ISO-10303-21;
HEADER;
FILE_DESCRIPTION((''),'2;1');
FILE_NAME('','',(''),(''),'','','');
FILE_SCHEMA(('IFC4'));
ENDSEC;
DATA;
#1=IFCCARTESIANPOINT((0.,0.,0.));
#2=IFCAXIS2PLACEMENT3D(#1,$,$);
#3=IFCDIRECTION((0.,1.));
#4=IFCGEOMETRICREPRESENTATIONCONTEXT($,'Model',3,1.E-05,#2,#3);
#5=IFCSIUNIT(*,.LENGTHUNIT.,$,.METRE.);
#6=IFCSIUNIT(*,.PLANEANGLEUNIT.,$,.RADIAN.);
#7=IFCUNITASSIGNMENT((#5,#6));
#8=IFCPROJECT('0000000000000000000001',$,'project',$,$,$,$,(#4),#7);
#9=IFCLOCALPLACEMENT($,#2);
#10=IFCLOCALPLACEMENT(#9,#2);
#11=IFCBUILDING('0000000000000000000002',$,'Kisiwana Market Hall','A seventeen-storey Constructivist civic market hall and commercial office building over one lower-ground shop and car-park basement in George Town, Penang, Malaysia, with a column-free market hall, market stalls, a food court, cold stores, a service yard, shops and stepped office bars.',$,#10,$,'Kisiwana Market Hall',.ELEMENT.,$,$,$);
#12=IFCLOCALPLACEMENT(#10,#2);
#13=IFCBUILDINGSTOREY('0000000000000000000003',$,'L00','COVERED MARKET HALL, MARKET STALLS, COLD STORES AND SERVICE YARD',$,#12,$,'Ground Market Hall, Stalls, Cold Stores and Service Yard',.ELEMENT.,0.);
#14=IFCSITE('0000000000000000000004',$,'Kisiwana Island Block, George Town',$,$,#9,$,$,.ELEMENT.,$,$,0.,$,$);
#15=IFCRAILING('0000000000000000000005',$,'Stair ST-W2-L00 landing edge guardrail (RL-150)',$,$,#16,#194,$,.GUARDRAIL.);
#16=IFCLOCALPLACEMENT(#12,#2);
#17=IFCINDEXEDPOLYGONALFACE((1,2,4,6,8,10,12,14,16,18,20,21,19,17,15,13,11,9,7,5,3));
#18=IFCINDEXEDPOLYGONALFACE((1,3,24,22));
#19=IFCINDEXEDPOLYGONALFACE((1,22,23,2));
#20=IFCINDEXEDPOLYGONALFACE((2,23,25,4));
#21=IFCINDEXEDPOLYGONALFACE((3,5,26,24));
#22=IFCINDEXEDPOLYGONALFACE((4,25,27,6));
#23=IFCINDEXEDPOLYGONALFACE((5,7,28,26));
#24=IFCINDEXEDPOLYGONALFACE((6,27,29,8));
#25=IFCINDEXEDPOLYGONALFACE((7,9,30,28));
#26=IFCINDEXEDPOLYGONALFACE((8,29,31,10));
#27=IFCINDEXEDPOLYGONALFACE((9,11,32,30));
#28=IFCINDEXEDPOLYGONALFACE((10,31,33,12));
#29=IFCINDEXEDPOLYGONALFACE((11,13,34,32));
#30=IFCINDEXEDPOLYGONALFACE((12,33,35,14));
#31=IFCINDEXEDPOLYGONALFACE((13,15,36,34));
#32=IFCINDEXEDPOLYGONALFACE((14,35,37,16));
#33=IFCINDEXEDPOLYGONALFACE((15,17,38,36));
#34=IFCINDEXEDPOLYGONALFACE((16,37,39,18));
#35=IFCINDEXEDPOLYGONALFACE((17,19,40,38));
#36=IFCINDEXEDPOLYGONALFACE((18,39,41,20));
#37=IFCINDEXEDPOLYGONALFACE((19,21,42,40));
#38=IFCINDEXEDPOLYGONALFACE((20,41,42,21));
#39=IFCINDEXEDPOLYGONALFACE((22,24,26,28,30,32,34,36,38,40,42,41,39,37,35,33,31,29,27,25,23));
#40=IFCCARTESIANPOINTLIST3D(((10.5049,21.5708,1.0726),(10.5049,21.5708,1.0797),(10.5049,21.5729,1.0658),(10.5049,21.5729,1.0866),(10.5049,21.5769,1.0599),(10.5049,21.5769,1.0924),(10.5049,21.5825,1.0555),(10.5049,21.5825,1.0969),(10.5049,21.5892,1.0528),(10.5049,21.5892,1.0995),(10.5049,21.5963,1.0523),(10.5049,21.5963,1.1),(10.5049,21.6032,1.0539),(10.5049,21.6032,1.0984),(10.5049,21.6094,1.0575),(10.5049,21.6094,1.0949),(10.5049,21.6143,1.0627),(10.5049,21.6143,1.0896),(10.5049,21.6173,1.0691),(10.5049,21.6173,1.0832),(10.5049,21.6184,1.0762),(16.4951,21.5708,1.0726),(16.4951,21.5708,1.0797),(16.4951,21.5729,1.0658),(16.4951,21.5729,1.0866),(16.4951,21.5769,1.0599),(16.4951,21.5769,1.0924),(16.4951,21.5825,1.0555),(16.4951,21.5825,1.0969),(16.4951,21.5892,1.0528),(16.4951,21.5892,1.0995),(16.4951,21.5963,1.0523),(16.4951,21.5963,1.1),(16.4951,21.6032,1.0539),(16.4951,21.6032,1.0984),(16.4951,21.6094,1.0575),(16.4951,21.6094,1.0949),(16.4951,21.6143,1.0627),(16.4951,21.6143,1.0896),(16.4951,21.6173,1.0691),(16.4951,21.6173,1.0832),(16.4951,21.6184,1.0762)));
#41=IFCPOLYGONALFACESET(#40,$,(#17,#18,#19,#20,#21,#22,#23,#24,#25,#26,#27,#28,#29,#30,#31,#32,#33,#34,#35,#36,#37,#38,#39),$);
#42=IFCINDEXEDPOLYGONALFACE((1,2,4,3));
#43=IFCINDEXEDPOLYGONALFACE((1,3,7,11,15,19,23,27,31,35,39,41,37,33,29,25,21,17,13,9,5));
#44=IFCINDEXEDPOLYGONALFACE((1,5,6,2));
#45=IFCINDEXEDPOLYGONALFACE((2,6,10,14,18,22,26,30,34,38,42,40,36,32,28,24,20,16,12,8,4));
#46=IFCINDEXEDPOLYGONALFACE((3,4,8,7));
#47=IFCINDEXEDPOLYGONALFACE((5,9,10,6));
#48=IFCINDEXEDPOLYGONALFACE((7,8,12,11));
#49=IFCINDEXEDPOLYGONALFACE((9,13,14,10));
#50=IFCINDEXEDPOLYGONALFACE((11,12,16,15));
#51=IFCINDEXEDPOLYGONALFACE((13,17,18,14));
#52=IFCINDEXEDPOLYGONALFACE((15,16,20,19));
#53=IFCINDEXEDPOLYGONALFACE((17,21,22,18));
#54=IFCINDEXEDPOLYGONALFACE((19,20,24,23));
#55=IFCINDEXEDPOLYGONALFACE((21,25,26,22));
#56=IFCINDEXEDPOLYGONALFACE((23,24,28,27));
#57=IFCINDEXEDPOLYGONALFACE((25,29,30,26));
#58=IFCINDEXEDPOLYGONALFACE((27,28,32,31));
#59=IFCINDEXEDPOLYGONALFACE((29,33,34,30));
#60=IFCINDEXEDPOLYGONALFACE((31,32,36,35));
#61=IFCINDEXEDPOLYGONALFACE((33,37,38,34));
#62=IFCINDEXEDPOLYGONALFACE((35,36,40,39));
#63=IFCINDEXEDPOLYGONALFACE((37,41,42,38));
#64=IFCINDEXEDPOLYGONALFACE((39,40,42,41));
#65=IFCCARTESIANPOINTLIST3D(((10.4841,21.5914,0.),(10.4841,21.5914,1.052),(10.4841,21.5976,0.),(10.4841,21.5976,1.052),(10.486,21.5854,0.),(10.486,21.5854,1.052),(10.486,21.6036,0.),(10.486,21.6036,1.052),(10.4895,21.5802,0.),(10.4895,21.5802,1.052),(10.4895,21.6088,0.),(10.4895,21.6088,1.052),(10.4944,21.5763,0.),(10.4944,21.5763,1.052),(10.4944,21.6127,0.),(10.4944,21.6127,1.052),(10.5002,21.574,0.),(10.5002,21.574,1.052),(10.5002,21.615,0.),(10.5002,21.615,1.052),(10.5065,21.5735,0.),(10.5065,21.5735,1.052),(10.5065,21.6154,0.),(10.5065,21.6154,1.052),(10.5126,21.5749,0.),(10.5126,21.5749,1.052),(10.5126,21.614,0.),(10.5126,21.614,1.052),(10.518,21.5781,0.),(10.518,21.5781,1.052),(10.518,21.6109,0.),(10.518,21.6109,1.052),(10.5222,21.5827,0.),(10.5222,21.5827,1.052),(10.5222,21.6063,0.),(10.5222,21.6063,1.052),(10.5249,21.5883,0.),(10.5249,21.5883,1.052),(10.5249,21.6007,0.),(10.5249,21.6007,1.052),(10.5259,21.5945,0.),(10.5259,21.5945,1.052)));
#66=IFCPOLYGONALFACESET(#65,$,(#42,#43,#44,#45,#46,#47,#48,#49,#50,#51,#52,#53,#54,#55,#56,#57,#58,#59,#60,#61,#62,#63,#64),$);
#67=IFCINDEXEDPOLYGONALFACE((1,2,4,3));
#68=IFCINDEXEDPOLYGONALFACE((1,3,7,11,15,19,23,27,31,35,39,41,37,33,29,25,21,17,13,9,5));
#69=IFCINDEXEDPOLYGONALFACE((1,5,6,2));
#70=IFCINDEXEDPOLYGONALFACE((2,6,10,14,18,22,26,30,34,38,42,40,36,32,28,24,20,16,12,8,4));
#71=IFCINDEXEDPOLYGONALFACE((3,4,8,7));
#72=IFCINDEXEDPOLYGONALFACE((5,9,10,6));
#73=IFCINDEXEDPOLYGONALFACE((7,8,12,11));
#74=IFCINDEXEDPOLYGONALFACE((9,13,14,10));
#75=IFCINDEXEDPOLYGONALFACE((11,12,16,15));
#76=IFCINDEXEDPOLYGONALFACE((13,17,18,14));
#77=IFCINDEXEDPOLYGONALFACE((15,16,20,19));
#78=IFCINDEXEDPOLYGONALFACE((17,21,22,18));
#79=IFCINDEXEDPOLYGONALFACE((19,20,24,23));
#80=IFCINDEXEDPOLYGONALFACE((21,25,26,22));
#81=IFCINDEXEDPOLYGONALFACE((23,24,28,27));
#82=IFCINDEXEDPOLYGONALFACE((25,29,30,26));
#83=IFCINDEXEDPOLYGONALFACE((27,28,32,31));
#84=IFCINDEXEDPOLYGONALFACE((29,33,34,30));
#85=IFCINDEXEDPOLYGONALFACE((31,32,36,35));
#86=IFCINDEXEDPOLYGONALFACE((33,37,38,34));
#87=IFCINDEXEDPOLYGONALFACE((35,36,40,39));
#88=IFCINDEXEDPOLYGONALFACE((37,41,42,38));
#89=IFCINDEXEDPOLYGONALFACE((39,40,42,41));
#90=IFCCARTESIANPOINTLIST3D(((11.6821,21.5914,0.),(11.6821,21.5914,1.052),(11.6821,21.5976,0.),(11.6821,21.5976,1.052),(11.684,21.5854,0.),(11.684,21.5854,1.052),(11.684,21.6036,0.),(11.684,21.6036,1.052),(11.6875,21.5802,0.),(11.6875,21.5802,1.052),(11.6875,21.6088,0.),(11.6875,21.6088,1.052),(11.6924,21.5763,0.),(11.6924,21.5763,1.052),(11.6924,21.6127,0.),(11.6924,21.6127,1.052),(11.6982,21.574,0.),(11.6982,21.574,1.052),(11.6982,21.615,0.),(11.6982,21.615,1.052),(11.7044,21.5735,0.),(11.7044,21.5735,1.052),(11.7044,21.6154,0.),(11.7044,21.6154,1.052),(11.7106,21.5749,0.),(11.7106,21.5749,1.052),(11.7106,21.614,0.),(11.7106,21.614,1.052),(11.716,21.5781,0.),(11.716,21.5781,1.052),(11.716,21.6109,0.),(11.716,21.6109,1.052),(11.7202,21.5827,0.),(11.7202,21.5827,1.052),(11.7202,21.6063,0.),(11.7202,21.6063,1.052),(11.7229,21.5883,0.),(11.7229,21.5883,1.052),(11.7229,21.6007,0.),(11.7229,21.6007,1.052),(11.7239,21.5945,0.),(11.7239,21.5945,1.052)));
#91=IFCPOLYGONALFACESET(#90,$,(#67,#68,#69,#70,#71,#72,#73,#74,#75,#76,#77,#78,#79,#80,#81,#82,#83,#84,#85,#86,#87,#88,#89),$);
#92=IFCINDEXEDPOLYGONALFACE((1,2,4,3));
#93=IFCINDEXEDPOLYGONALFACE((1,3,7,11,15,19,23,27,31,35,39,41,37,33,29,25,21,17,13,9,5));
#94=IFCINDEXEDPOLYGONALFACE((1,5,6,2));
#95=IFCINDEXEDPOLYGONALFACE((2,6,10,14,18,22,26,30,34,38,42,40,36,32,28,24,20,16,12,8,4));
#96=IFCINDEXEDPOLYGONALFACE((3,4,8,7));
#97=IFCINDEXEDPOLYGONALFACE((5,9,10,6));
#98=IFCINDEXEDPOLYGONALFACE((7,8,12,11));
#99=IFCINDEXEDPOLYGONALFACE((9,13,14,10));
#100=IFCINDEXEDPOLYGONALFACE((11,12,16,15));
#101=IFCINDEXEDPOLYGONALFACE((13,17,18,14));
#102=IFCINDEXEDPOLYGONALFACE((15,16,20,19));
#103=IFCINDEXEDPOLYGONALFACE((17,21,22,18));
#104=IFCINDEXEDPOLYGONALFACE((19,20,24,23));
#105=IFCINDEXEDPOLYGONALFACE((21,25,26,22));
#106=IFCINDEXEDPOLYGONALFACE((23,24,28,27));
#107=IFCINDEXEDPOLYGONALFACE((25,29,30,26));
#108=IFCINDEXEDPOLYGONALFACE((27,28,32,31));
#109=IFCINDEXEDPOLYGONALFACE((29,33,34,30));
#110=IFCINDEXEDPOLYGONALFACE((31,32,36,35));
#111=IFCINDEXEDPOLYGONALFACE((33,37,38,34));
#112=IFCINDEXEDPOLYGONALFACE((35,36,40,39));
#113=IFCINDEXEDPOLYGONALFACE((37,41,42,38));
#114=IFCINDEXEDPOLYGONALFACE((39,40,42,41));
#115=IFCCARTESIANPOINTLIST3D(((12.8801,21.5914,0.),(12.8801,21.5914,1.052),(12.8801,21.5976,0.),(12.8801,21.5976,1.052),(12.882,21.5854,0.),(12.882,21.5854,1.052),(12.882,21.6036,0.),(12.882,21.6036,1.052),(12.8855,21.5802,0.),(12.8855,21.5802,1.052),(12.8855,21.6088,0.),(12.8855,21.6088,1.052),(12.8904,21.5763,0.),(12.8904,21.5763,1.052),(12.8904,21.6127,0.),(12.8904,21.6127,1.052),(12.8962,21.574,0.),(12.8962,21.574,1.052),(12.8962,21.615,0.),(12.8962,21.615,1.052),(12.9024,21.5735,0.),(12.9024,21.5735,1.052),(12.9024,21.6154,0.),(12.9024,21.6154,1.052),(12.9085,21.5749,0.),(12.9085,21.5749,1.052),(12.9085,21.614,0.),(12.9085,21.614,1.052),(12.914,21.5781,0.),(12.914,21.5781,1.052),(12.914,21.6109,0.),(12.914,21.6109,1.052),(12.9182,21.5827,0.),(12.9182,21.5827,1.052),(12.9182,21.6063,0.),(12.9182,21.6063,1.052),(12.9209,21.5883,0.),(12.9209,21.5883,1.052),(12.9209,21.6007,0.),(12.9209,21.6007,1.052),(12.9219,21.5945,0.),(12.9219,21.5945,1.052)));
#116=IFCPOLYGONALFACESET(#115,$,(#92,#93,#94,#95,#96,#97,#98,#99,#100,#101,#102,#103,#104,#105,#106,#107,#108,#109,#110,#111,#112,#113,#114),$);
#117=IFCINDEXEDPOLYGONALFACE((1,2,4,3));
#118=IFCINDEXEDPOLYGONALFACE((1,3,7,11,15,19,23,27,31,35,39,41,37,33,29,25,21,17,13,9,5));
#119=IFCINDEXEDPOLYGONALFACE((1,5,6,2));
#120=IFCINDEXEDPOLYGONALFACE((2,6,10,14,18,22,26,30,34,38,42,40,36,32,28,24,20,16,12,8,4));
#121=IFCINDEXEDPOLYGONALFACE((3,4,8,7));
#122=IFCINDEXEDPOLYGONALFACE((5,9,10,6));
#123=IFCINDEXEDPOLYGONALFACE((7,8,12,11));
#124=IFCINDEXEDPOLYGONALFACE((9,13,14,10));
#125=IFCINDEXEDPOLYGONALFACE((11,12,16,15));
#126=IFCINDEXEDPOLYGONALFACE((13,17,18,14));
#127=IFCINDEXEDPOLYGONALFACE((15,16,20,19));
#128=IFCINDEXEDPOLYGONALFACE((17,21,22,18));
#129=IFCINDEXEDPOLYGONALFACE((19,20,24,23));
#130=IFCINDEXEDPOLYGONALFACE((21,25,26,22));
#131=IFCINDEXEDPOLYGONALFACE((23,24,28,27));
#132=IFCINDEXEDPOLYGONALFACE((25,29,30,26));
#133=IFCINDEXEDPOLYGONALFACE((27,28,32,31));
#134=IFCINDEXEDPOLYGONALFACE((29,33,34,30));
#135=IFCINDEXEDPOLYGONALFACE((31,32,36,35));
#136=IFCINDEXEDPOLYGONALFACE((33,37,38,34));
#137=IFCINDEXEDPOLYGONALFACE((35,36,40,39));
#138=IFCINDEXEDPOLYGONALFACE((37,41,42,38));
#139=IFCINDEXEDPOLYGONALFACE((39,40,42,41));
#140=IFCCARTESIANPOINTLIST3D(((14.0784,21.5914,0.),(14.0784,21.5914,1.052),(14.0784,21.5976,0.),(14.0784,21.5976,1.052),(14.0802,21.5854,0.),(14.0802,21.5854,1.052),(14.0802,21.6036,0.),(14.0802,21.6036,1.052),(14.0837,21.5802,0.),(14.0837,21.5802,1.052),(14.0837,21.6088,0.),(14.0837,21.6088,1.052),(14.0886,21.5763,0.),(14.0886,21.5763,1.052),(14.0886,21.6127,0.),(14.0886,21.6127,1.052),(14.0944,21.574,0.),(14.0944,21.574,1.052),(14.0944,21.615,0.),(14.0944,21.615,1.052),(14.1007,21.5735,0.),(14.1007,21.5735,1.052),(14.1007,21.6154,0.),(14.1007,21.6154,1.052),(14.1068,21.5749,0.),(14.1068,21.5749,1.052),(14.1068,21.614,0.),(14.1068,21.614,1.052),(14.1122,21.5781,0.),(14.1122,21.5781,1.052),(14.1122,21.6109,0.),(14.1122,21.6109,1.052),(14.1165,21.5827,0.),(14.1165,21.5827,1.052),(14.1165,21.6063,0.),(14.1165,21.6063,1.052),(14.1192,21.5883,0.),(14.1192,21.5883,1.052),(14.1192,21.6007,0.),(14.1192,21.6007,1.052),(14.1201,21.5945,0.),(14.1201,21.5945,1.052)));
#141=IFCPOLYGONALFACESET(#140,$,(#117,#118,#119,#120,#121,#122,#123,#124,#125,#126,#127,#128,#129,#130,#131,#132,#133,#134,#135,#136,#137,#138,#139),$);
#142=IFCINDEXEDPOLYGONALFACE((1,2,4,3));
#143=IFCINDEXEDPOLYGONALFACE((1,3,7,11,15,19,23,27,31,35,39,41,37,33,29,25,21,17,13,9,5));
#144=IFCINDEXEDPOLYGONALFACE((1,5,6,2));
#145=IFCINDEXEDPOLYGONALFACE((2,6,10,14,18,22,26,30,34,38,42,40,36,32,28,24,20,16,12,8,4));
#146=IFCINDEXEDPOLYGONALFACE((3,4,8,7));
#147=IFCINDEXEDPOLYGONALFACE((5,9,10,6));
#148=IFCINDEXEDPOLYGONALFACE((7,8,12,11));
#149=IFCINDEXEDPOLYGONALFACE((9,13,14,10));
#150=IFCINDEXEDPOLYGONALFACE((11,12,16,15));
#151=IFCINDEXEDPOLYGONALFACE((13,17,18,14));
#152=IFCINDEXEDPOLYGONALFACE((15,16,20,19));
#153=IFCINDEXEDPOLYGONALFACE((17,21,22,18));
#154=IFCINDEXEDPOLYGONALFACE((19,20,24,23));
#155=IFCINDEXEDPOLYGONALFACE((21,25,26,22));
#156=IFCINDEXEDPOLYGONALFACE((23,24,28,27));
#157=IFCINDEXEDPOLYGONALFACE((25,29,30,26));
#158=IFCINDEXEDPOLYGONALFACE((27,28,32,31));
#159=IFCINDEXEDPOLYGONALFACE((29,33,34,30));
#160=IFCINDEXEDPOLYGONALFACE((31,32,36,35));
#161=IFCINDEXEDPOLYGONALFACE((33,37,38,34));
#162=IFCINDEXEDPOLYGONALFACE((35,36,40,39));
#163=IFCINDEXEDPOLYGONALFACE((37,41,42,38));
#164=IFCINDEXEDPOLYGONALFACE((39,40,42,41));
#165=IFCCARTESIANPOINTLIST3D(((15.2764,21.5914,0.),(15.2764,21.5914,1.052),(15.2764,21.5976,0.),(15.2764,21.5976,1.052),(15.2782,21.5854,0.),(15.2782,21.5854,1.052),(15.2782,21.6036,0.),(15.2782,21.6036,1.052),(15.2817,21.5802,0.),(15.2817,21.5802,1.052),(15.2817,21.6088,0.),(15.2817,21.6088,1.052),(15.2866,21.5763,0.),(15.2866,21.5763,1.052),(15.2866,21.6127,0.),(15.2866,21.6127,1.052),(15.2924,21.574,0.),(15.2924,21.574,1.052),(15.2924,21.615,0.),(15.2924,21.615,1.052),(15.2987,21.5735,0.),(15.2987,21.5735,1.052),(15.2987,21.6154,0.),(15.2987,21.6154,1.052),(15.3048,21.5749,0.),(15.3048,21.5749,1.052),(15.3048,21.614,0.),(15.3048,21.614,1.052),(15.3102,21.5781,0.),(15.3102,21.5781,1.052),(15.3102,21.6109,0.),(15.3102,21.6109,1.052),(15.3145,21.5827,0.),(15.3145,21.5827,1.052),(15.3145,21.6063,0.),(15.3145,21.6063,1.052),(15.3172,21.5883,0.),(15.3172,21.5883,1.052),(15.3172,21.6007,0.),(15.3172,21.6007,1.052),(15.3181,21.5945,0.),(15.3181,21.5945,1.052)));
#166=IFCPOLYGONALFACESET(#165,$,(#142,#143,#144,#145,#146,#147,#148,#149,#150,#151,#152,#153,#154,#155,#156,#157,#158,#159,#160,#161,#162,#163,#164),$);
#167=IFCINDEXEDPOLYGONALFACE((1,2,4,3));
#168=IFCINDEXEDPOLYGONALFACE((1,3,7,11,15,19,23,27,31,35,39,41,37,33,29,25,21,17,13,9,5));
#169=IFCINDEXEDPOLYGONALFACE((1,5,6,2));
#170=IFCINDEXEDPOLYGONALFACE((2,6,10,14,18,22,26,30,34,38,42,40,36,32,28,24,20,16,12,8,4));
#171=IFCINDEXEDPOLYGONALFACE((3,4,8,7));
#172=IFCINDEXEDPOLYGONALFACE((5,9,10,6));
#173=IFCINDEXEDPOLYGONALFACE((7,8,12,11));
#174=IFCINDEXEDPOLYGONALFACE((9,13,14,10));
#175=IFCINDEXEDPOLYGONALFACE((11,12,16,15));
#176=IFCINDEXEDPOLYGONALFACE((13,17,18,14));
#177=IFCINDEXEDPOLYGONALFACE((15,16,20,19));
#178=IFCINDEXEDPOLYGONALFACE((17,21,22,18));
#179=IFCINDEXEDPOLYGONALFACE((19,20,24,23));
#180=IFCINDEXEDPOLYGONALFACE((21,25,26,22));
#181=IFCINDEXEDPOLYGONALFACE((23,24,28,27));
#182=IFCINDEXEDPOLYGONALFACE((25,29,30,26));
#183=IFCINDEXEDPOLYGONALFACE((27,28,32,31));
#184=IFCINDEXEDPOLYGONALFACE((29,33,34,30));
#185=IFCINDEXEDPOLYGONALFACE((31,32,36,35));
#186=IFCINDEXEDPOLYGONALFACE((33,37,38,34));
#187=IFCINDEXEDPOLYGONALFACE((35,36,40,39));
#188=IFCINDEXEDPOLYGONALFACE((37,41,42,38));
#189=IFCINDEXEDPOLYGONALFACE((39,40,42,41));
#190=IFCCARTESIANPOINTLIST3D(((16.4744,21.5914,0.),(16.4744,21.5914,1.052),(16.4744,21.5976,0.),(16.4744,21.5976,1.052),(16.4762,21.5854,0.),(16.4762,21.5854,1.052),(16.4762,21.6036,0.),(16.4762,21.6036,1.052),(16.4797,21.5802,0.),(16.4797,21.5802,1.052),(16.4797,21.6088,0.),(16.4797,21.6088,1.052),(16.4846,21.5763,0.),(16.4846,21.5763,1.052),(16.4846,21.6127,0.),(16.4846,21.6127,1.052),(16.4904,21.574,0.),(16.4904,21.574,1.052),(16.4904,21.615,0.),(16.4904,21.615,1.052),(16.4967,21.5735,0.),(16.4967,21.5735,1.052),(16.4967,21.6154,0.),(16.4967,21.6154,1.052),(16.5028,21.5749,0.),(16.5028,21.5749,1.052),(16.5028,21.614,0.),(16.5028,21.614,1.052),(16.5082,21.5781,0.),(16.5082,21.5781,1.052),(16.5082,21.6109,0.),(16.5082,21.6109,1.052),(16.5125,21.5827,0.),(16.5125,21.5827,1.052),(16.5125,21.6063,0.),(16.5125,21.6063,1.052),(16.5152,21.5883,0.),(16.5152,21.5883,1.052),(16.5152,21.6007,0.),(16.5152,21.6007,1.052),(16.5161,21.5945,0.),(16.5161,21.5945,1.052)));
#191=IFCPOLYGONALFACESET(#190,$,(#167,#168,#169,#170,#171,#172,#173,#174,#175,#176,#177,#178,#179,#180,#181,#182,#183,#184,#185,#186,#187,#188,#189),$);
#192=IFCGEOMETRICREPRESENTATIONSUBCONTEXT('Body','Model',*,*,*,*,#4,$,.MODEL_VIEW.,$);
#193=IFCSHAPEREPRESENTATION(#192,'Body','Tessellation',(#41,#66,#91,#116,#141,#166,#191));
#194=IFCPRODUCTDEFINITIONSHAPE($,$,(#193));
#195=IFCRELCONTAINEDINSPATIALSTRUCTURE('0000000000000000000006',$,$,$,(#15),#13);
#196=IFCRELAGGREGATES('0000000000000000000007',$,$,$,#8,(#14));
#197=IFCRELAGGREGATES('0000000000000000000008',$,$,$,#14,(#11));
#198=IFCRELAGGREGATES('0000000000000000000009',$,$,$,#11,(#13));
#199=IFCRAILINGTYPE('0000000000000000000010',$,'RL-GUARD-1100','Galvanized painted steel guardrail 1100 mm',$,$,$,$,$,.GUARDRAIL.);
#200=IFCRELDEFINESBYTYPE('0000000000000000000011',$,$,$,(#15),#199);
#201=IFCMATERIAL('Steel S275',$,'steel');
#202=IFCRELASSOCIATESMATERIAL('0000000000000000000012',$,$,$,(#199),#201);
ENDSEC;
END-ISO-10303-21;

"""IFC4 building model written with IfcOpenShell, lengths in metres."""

from ifc_helpers import new_model, si_unit, direction, frame, origin, origin_2d, place, context, subcontext, project, spatial, circle, extrude, material, type_object, element, save


model = new_model("IFC4")

# Units and contexts
model_context = context("Model", 3, precision=1e-05, world=origin(), true_north=direction((0.0, 1.0)))
body_context = subcontext(model_context, "Body", "Model", "MODEL_VIEW")
ifc_project = project(units=[si_unit("LENGTHUNIT", "METRE"), si_unit("PLANEANGLEUNIT", "RADIAN")], contexts=[model_context])

# Site, building, storey
site_placement = place(None, origin())
site = spatial("IfcSite", under=ifc_project, at=site_placement, Name="Kisiwana Island Block, George Town", CompositionType="ELEMENT", RefElevation=0.0)
building_placement = place(site_placement, origin())
building = spatial("IfcBuilding", under=site, at=building_placement, Name="Kisiwana Market Hall", Description="A seventeen-storey Constructivist civic market hall and commercial office building over one lower-ground shop and car-park basement in George Town, Penang, Malaysia, with a column-free market hall, market stalls, a food court, cold stores, a service yard, shops and stepped office bars.", LongName="Kisiwana Market Hall", CompositionType="ELEMENT")
storey_placement = place(building_placement, origin())
storey = spatial("IfcBuildingStorey", under=building, at=storey_placement, Name="L00", Description="COVERED MARKET HALL, MARKET STALLS, COLD STORES AND SERVICE YARD", LongName="Ground Market Hall, Stalls, Cold Stores and Service Yard", CompositionType="ELEMENT", Elevation=0.0)

# Railing
ifc_material_1 = material(Name="Steel S275", Category="steel")
railing_type_1 = type_object("IfcRailingType", Name="RL-GUARD-1100", Description="Galvanized painted steel guardrail 1100 mm", PredefinedType="GUARDRAIL", material=ifc_material_1)
railing_1_placement = place(storey_placement, frame((10.5049, 21.5945, 0.0)))
element("IfcRailing", 1, at=railing_1_placement, inside=storey, type_object=railing_type_1, Name="Stair ST-W2-L00 landing edge guardrail (RL-150)", PredefinedType="GUARDRAIL", context=body_context, shape_type="SweptSolid", body=[
    extrude(circle(Radius=0.0239, at=origin_2d()), frame((0.0, 0.0, 1.0762), z_axis=(1.0, 0.0, 0.0), x_axis=(0.0, 1.0, 0.0)), (0.0, 0.0, 1.0), 5.9902),
    extrude(circle(Radius=0.021, at=origin_2d()), origin(), (0.0, 0.0, 1.0), 1.052),
    extrude(circle(Radius=0.021, at=origin_2d()), frame((1.198, 0.0, 0.0)), (0.0, 0.0, 1.0), 1.052),
    extrude(circle(Radius=0.021, at=origin_2d()), frame((2.396, 0.0, 0.0)), (0.0, 0.0, 1.0), 1.052),
    extrude(circle(Radius=0.021, at=origin_2d()), frame((3.5942, 0.0, 0.0)), (0.0, 0.0, 1.0), 1.052),
    extrude(circle(Radius=0.021, at=origin_2d()), frame((4.7922, 0.0, 0.0)), (0.0, 0.0, 1.0), 1.052),
    extrude(circle(Radius=0.021, at=origin_2d()), frame((5.9902, 0.0, 0.0)), (0.0, 0.0, 1.0), 1.052),
])

save(model, "model.ifc")
